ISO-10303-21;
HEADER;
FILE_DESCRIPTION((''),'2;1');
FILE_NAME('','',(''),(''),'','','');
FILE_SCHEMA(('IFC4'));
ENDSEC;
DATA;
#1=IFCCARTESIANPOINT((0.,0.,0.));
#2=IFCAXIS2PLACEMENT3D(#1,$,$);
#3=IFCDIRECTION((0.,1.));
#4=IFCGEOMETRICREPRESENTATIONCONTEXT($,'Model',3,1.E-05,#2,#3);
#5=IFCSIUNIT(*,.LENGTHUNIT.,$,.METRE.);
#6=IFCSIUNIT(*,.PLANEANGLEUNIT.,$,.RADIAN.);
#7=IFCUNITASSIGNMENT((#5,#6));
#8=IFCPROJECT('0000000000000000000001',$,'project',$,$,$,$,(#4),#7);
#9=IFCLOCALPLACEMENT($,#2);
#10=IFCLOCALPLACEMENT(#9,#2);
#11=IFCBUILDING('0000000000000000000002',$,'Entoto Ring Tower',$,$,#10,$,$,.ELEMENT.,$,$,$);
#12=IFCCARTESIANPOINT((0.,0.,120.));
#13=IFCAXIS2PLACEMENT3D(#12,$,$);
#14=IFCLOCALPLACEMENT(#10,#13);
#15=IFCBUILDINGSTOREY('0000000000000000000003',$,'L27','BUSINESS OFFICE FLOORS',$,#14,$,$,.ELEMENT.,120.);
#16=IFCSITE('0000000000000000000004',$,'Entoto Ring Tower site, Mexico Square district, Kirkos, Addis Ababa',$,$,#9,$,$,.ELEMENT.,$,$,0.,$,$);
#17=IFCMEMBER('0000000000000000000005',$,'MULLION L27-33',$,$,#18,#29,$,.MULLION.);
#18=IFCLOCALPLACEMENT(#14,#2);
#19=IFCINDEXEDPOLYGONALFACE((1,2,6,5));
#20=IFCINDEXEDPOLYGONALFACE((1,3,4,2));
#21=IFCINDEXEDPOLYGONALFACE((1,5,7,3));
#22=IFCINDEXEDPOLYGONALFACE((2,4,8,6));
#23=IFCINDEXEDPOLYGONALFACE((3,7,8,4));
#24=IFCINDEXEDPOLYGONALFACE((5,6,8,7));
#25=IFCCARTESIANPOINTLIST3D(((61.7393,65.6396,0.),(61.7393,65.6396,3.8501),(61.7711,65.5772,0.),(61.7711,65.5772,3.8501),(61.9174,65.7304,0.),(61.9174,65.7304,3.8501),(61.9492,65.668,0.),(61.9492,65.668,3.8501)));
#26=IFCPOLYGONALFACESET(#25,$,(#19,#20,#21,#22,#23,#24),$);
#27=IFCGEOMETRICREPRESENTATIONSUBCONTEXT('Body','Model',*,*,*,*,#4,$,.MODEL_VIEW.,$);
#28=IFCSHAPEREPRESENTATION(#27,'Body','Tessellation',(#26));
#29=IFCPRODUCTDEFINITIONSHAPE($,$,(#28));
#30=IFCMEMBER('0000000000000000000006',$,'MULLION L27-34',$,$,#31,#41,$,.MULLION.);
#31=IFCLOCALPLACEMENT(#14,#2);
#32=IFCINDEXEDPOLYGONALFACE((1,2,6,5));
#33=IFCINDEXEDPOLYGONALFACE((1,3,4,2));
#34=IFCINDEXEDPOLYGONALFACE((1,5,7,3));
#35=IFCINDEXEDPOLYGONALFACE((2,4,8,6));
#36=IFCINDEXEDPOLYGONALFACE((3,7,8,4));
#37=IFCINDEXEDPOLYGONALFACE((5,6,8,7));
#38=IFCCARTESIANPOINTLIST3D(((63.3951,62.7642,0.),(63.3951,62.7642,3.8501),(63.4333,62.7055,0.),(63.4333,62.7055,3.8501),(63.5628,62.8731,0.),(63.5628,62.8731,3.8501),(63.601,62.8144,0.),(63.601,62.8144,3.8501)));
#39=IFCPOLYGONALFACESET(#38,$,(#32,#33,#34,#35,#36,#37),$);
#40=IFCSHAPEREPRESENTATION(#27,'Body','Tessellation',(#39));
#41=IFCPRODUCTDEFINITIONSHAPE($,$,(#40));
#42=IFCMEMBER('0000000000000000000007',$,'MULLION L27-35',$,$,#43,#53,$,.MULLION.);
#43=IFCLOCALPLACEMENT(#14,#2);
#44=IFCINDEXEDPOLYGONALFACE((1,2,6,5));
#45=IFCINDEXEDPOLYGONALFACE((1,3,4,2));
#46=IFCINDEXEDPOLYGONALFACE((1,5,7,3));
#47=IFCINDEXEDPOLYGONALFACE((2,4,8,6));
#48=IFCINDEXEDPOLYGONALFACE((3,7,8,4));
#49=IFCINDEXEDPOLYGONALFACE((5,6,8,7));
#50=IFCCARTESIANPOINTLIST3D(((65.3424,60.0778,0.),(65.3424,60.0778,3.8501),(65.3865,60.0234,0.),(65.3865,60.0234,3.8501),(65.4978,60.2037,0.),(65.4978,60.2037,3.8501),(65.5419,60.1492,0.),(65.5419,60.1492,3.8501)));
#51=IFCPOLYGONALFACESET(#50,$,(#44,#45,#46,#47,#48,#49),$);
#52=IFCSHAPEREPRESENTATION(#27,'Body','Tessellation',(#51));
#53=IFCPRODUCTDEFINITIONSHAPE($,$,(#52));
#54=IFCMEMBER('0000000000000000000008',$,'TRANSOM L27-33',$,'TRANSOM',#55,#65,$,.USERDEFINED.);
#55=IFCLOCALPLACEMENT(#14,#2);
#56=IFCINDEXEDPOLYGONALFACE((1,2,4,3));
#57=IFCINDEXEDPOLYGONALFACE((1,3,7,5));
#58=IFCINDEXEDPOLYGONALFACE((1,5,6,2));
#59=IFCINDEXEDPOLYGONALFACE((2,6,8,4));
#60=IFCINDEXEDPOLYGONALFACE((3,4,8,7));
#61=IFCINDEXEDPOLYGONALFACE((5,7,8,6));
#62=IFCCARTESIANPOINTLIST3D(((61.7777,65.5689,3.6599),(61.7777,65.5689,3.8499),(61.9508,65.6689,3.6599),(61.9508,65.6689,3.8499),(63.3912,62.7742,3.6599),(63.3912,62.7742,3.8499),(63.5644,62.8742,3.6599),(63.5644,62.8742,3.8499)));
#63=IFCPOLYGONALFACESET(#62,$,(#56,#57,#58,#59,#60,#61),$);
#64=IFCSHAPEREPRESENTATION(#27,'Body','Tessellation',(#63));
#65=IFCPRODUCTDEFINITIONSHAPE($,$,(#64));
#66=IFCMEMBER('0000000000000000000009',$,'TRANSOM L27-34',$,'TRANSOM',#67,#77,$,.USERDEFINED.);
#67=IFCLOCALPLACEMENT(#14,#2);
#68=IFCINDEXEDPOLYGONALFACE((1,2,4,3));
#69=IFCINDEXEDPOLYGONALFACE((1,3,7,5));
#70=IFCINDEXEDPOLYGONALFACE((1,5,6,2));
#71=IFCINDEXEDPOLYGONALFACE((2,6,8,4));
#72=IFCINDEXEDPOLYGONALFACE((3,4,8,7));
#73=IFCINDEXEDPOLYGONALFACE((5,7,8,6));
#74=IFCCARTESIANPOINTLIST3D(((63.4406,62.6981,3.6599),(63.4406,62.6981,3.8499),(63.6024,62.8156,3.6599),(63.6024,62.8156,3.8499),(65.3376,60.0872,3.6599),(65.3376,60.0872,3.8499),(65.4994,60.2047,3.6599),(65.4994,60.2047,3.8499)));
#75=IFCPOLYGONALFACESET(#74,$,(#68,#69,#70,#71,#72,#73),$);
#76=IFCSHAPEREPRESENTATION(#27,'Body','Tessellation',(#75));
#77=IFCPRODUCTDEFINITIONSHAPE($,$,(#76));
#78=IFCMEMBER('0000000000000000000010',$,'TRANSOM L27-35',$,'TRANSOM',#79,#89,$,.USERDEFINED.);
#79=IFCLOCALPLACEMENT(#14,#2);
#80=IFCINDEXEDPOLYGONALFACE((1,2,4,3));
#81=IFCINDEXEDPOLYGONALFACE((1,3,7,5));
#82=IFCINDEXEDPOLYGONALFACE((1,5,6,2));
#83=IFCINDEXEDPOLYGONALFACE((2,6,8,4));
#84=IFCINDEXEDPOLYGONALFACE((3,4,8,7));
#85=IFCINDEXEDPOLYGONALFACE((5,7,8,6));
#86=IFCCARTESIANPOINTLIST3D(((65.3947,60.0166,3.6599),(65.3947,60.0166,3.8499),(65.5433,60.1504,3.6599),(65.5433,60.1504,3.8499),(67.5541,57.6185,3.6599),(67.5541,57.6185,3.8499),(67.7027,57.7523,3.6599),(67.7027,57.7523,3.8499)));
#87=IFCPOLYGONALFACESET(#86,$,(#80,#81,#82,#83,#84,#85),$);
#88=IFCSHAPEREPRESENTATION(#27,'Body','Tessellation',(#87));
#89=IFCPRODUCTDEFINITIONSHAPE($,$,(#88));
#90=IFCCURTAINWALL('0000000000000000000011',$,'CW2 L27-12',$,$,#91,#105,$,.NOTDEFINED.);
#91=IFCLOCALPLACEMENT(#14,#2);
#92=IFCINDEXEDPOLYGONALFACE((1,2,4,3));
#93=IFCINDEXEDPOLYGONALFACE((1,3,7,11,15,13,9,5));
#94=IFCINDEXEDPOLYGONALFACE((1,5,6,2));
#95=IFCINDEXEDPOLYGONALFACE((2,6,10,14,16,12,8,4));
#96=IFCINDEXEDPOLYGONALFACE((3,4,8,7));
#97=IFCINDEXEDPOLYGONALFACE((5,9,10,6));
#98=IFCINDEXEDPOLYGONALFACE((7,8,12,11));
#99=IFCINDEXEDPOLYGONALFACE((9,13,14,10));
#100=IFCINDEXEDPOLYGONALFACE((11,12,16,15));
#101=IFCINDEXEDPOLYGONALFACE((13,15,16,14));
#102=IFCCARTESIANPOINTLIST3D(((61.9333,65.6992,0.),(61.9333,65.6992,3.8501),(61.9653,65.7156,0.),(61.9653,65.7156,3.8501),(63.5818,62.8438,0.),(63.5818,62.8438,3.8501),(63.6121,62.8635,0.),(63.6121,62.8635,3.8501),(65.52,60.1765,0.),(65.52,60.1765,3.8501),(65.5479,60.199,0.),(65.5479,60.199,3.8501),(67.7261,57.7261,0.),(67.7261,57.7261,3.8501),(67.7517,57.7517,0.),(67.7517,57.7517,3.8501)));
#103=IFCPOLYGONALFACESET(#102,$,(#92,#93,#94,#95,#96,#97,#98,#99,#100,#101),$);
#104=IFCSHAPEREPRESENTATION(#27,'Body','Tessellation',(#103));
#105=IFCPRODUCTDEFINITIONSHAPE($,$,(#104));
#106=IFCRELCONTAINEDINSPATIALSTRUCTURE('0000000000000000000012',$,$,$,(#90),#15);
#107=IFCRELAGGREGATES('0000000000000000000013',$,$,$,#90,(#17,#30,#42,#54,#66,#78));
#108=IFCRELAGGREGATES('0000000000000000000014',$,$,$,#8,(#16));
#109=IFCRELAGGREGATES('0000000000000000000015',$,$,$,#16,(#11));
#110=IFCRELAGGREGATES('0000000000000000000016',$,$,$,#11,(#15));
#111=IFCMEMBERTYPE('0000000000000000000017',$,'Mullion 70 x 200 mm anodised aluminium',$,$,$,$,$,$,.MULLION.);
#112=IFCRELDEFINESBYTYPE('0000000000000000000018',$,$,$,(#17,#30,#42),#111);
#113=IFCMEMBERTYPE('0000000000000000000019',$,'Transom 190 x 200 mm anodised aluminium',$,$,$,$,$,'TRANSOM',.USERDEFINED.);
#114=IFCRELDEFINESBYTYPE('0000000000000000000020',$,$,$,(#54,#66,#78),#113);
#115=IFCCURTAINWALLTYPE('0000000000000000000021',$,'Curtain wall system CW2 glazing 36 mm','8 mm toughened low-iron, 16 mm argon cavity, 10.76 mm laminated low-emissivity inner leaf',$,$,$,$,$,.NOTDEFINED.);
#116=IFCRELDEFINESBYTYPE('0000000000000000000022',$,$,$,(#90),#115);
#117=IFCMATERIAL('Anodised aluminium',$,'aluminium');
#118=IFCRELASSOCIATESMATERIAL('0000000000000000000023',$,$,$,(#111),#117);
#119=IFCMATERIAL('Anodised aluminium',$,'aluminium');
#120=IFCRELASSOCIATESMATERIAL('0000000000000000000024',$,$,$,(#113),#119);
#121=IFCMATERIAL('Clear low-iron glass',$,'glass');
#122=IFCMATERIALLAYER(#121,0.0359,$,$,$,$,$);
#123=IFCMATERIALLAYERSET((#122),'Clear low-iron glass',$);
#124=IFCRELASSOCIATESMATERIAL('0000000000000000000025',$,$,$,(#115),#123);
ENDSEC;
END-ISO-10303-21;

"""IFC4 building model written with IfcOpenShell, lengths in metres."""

from ifc_helpers import new_model, si_unit, direction, frame, origin, origin_2d, place, context, subcontext, project, spatial, polyline, rectangle, outline, extrude, material, layer, layer_set, material_profile, profile_set, type_object, element, aggregate, save


model = new_model("IFC4")

# Units and contexts
model_context = context("Model", 3, precision=1e-05, world=origin(), true_north=direction((0.0, 1.0)))
body_context = subcontext(model_context, "Body", "Model", "MODEL_VIEW")
ifc_project = project(units=[si_unit("LENGTHUNIT", "METRE"), si_unit("PLANEANGLEUNIT", "RADIAN")], contexts=[model_context])

# Members
ifc_material_1 = material(Name="Anodised aluminium", Category="aluminium")
ifc_material_profile_1 = material_profile(ifc_material_1, rectangle(XDim=0.0701, YDim=0.2, at=origin_2d()), Name="Mullion 70 x 200 mm anodised aluminium")
ifc_profile_set_1 = profile_set([ifc_material_profile_1], Name="Anodised aluminium")
member_type_1 = type_object("IfcMemberType", Name="Mullion 70 x 200 mm anodised aluminium", PredefinedType="MULLION", material=ifc_profile_set_1)
site_placement = place(None, origin())
building_placement = place(site_placement, origin())
storey_placement = place(building_placement, frame((0.0, 0.0, 120.0)))
member_1_placement = place(storey_placement, frame((61.8442, 65.6538, 0.0), z_axis=(0.0, 0.0, 1.0), x_axis=(0.45399, -0.891007, 0.0)))
member_1 = element("IfcMember", 1, at=member_1_placement, type_object=member_type_1, Name="MULLION L27-33", PredefinedType="MULLION", context=body_context, shape_type="SweptSolid", body=[
    extrude(rectangle(XDim=0.0701, YDim=0.2, at=origin_2d()), origin(), (0.0, 0.0, 1.0), 3.8501),
])
member_2_placement = place(storey_placement, frame((63.498, 62.7893, 0.0), z_axis=(0.0, 0.0, 1.0), x_axis=(0.544639, -0.838671, 0.0)))
member_2 = element("IfcMember", 2, at=member_2_placement, type_object=member_type_1, Name="MULLION L27-34", PredefinedType="MULLION", context=body_context, shape_type="SweptSolid", body=[
    extrude(rectangle(XDim=0.0701, YDim=0.2, at=origin_2d()), origin(), (0.0, 0.0, 1.0), 3.8501),
])
member_3_placement = place(storey_placement, frame((65.4421, 60.1135, 0.0), z_axis=(0.0, 0.0, 1.0), x_axis=(0.62932, -0.777146, 0.0)))
member_3 = element("IfcMember", 3, at=member_3_placement, type_object=member_type_1, Name="MULLION L27-35", PredefinedType="MULLION", context=body_context, shape_type="SweptSolid", body=[
    extrude(rectangle(XDim=0.0701, YDim=0.2, at=origin_2d()), origin(), (0.0, 0.0, 1.0), 3.8501),
])
ifc_material_2 = material(Name="Anodised aluminium", Category="aluminium")
ifc_material_profile_2 = material_profile(ifc_material_2, rectangle(XDim=0.2, YDim=0.1899, at=origin_2d()), Name="Transom 190 x 200 mm anodised aluminium")
ifc_profile_set_2 = profile_set([ifc_material_profile_2], Name="Anodised aluminium")
member_type_2 = type_object("IfcMemberType", Name="Transom 190 x 200 mm anodised aluminium", ElementType="TRANSOM", PredefinedType="USERDEFINED", material=ifc_profile_set_2)
member_4_placement = place(storey_placement, frame((61.8643, 65.6189, 3.7549), z_axis=(0.500004, -0.866023, 0.0), x_axis=(0.866023, 0.500004, 0.0)))
member_4 = element("IfcMember", 4, at=member_4_placement, type_object=member_type_2, Name="TRANSOM L27-33", ObjectType="TRANSOM", PredefinedType="USERDEFINED", context=body_context, shape_type="SweptSolid", body=[
    extrude(rectangle(XDim=0.2, YDim=0.1899, at=origin_2d()), origin(), (0.0, 0.0, 1.0), 3.2271),
])
member_5_placement = place(storey_placement, frame((63.5215, 62.7568, 3.7549), z_axis=(0.587803, -0.809004, 0.0), x_axis=(0.809004, 0.587803, 0.0)))
member_5 = element("IfcMember", 5, at=member_5_placement, type_object=member_type_2, Name="TRANSOM L27-34", ObjectType="TRANSOM", PredefinedType="USERDEFINED", context=body_context, shape_type="SweptSolid", body=[
    extrude(rectangle(XDim=0.2, YDim=0.1899, at=origin_2d()), origin(), (0.0, 0.0, 1.0), 3.2273),
])
member_6_placement = place(storey_placement, frame((65.469, 60.0835, 3.7549), z_axis=(0.669144, -0.743132, 0.0), x_axis=(0.743132, 0.669144, 0.0)))
member_6 = element("IfcMember", 6, at=member_6_placement, type_object=member_type_2, Name="TRANSOM L27-35", ObjectType="TRANSOM", PredefinedType="USERDEFINED", context=body_context, shape_type="SweptSolid", body=[
    extrude(rectangle(XDim=0.2, YDim=0.1899, at=origin_2d()), origin(), (0.0, 0.0, 1.0), 3.2271),
])

# Site, building, storey
site = spatial("IfcSite", under=ifc_project, at=site_placement, Name="Entoto Ring Tower site, Mexico Square district, Kirkos, Addis Ababa", CompositionType="ELEMENT", RefElevation=0.0)
building = spatial("IfcBuilding", under=site, at=building_placement, Name="Entoto Ring Tower", CompositionType="ELEMENT")
storey = spatial("IfcBuildingStorey", under=building, at=storey_placement, Name="L27", Description="BUSINESS OFFICE FLOORS", CompositionType="ELEMENT", Elevation=120.0)

# Curtain wall
ifc_material_3 = material(Name="Clear low-iron glass", Category="glass")
ifc_layer = layer(ifc_material_3, 0.0359)
ifc_layer_set = layer_set([ifc_layer], Name="Clear low-iron glass")
curtain_wall_type = type_object("IfcCurtainWallType", Name="Curtain wall system CW2 glazing 36 mm", Description="8 mm toughened low-iron, 16 mm argon cavity, 10.76 mm laminated low-emissivity inner leaf", PredefinedType="NOTDEFINED", material=ifc_layer_set)
curtain_wall_1_placement = place(storey_placement, origin())
curtain_wall_1 = element("IfcCurtainWall", 7, at=curtain_wall_1_placement, inside=storey, type_object=curtain_wall_type, Name="CW2 L27-12", PredefinedType="NOTDEFINED", context=body_context, shape_type="SweptSolid", body=[
    extrude(outline(polyline([(61.9333, 65.6992), (63.5818, 62.8438), (65.52, 60.1765), (67.7261, 57.7261), (67.7517, 57.7517), (65.5479, 60.199), (63.6121, 62.8635), (61.9653, 65.7156), (61.9333, 65.6992)])), origin(), (0.0, 0.0, 1.0), 3.8501),
])
aggregate(curtain_wall_1, [member_1, member_2, member_3, member_4, member_5, member_6])

save(model, "model.ifc")
